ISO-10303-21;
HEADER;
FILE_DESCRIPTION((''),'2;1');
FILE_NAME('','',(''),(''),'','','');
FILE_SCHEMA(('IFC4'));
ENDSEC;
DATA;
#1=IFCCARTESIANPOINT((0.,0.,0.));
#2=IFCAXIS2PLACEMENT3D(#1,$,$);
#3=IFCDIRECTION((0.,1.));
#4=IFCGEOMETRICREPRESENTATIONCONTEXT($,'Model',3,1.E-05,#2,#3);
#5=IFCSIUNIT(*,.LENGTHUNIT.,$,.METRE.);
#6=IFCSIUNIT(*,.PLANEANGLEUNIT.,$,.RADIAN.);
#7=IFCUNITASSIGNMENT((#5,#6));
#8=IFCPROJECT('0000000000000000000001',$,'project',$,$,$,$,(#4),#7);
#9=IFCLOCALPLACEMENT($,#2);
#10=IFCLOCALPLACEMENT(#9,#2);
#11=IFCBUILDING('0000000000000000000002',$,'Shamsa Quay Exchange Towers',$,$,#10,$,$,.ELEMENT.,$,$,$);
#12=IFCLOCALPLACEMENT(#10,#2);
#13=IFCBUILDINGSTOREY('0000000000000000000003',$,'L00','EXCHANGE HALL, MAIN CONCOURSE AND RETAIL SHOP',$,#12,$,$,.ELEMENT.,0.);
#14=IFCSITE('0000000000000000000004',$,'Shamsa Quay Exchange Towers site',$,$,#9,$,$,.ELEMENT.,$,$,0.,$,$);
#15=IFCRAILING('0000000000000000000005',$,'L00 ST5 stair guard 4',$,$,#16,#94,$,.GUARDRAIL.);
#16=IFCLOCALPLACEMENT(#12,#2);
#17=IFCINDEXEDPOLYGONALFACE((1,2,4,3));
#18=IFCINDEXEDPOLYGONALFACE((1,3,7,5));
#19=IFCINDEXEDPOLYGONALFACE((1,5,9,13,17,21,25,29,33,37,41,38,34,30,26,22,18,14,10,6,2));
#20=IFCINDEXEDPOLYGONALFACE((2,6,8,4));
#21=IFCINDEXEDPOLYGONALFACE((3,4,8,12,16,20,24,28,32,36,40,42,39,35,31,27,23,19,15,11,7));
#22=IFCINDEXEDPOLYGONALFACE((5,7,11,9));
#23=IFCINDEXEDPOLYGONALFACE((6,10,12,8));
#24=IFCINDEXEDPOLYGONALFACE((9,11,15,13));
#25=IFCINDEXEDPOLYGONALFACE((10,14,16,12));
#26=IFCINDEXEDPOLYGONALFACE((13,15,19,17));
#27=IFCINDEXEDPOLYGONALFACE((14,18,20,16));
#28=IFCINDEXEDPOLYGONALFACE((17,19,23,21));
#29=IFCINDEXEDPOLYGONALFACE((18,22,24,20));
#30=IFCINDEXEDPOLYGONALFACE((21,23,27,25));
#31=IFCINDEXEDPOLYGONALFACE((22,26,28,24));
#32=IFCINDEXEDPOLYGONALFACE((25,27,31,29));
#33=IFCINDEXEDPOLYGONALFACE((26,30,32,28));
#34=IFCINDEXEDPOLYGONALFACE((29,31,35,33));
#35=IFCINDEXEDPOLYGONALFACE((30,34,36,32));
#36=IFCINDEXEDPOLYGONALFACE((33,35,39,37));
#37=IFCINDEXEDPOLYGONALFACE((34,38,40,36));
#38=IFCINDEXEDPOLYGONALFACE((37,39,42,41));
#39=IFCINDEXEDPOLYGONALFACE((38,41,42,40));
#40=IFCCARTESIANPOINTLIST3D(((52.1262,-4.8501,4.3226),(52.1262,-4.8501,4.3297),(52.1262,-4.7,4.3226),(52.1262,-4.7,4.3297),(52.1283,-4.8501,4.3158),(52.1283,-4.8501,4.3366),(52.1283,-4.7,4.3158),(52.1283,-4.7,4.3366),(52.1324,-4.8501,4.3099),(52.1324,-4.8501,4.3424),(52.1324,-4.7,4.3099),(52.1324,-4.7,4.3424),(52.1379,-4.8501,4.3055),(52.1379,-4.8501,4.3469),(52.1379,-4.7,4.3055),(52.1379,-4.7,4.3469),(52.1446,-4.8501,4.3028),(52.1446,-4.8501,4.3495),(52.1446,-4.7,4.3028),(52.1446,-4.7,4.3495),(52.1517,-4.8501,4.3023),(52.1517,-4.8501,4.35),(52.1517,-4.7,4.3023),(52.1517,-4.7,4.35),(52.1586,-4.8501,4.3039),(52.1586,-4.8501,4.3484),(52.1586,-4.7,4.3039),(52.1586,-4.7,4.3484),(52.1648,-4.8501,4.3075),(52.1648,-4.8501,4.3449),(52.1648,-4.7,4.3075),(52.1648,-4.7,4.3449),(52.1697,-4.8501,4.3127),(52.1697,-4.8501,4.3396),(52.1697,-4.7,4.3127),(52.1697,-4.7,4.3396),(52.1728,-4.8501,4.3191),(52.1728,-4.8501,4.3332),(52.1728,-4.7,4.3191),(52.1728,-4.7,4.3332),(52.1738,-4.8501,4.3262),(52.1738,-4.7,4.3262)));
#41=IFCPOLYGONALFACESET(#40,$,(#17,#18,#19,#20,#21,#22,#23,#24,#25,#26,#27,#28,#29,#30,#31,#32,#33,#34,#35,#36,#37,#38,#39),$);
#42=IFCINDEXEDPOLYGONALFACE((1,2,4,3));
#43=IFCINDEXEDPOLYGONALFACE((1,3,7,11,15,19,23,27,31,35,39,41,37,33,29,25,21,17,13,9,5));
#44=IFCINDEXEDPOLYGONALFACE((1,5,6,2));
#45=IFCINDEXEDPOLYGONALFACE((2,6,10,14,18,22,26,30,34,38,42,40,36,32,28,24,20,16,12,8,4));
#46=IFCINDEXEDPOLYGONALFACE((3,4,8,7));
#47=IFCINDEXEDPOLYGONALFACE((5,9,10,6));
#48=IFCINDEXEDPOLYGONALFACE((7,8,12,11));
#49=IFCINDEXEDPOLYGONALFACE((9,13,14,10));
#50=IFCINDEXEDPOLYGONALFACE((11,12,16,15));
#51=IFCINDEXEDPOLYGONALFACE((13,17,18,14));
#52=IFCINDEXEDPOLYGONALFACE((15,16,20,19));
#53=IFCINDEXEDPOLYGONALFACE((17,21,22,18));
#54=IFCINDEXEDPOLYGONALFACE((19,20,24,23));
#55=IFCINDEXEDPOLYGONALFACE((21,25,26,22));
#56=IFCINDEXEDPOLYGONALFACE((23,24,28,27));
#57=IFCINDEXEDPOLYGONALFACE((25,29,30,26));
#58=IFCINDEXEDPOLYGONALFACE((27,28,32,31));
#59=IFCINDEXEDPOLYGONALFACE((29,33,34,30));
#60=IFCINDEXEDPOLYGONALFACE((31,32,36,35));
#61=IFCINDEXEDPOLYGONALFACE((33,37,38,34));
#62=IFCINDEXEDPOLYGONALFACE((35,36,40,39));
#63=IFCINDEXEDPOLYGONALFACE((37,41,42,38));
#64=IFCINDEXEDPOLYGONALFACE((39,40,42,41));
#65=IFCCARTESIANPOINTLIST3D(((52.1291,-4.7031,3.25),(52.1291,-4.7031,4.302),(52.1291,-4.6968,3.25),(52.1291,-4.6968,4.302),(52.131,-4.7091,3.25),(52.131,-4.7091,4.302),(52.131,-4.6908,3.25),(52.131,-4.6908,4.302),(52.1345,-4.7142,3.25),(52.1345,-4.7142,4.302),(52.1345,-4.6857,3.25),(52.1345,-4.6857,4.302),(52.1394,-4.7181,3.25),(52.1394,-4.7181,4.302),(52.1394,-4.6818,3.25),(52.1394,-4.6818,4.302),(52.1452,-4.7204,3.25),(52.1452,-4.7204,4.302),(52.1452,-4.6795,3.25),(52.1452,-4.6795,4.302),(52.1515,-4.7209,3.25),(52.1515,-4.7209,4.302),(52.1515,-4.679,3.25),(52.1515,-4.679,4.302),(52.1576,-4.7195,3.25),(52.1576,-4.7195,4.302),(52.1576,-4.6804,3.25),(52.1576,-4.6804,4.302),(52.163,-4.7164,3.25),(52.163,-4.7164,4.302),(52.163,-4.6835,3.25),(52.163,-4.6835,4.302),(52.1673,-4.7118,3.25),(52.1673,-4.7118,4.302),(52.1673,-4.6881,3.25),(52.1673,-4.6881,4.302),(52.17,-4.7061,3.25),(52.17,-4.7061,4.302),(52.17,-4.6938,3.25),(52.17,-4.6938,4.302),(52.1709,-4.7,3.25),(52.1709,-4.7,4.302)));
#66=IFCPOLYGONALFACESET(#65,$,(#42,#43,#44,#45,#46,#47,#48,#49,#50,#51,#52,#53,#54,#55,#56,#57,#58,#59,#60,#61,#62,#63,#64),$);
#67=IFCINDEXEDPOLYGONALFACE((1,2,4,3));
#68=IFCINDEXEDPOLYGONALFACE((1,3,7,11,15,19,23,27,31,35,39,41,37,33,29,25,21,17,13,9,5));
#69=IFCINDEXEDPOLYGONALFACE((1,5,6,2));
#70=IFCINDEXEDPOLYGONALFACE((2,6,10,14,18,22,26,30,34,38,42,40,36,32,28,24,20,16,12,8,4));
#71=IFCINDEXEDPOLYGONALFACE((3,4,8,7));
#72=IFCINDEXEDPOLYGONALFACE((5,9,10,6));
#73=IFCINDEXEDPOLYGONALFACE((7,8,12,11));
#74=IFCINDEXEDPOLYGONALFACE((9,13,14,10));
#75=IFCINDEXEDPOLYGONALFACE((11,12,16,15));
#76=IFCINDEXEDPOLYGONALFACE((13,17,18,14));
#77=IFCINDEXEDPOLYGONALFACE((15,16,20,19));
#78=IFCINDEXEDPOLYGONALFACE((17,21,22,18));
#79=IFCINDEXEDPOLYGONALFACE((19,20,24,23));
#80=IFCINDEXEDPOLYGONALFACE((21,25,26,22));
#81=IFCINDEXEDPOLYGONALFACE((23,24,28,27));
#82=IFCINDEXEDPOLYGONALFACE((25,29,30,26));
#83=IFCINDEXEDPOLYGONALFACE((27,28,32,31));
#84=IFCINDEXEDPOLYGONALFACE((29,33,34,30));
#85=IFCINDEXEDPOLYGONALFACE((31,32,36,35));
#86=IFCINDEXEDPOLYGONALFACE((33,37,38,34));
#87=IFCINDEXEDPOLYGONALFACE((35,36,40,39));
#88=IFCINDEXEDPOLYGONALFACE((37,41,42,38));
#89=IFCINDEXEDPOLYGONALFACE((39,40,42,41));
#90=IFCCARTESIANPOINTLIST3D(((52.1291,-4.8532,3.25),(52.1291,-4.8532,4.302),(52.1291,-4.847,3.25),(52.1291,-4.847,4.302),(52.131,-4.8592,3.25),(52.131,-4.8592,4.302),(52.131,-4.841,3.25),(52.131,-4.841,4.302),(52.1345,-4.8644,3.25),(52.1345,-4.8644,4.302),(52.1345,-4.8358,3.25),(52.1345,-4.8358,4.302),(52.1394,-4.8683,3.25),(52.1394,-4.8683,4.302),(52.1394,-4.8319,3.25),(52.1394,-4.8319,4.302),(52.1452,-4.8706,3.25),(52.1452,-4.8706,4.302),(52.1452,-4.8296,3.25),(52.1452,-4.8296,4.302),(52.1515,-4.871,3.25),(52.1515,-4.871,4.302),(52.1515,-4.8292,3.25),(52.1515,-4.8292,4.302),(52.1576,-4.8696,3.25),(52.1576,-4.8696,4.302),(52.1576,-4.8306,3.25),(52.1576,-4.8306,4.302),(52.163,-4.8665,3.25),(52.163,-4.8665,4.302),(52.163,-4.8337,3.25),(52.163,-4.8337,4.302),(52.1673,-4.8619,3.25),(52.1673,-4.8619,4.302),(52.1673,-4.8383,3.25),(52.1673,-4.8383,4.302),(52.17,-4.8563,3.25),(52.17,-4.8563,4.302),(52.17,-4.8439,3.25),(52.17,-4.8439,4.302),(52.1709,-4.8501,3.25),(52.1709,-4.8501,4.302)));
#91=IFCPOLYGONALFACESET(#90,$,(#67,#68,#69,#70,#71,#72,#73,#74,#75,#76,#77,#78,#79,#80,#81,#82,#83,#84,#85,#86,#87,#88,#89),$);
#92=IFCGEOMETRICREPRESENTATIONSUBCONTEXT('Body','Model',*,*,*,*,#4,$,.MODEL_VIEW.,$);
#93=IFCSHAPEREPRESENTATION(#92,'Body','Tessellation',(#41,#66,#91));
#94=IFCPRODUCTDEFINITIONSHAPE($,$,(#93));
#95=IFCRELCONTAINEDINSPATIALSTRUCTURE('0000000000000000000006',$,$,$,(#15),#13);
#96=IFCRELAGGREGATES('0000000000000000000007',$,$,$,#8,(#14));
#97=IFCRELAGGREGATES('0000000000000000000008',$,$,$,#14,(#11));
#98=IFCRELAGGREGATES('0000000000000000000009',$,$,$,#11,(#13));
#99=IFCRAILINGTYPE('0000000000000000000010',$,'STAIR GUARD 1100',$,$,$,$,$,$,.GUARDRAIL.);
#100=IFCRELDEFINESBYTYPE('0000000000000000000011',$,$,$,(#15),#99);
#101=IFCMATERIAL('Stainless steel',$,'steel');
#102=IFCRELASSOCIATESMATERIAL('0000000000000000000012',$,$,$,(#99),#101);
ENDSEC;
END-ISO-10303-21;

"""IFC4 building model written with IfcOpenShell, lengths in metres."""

from ifc_helpers import new_model, si_unit, direction, frame, origin, origin_2d, place, context, subcontext, project, spatial, circle, extrude, material, type_object, element, save


model = new_model("IFC4")

# Units and contexts
model_context = context("Model", 3, precision=1e-05, world=origin(), true_north=direction((0.0, 1.0)))
body_context = subcontext(model_context, "Body", "Model", "MODEL_VIEW")
ifc_project = project(units=[si_unit("LENGTHUNIT", "METRE"), si_unit("PLANEANGLEUNIT", "RADIAN")], contexts=[model_context])

# Site, building, storey
site_placement = place(None, origin())
site = spatial("IfcSite", under=ifc_project, at=site_placement, Name="Shamsa Quay Exchange Towers site", CompositionType="ELEMENT", RefElevation=0.0)
building_placement = place(site_placement, origin())
building = spatial("IfcBuilding", under=site, at=building_placement, Name="Shamsa Quay Exchange Towers", CompositionType="ELEMENT")
storey_placement = place(building_placement, origin())
storey = spatial("IfcBuildingStorey", under=building, at=storey_placement, Name="L00", Description="EXCHANGE HALL, MAIN CONCOURSE AND RETAIL SHOP", CompositionType="ELEMENT", Elevation=0.0)

# Railing
ifc_material_1 = material(Name="Stainless steel", Category="steel")
railing_type_1 = type_object("IfcRailingType", Name="STAIR GUARD 1100", PredefinedType="GUARDRAIL", material=ifc_material_1)
railing_1_placement = place(storey_placement, frame((52.1499, -4.7, 3.25)))
element("IfcRailing", 1, at=railing_1_placement, inside=storey, type_object=railing_type_1, Name="L00 ST5 stair guard 4", PredefinedType="GUARDRAIL", context=body_context, shape_type="SweptSolid", body=[
    extrude(circle(Radius=0.0239, at=origin_2d()), frame((0.0, 0.0, 1.0762), z_axis=(0.0, -1.0, 0.0), x_axis=(1.0, 0.0, 0.0)), (0.0, 0.0, 1.0), 0.1501),
    extrude(circle(Radius=0.021, at=origin_2d()), origin(), (0.0, 0.0, 1.0), 1.052),
    extrude(circle(Radius=0.021, at=origin_2d()), frame((0.0, -0.1501, 0.0)), (0.0, 0.0, 1.0), 1.052),
])

save(model, "model.ifc")
